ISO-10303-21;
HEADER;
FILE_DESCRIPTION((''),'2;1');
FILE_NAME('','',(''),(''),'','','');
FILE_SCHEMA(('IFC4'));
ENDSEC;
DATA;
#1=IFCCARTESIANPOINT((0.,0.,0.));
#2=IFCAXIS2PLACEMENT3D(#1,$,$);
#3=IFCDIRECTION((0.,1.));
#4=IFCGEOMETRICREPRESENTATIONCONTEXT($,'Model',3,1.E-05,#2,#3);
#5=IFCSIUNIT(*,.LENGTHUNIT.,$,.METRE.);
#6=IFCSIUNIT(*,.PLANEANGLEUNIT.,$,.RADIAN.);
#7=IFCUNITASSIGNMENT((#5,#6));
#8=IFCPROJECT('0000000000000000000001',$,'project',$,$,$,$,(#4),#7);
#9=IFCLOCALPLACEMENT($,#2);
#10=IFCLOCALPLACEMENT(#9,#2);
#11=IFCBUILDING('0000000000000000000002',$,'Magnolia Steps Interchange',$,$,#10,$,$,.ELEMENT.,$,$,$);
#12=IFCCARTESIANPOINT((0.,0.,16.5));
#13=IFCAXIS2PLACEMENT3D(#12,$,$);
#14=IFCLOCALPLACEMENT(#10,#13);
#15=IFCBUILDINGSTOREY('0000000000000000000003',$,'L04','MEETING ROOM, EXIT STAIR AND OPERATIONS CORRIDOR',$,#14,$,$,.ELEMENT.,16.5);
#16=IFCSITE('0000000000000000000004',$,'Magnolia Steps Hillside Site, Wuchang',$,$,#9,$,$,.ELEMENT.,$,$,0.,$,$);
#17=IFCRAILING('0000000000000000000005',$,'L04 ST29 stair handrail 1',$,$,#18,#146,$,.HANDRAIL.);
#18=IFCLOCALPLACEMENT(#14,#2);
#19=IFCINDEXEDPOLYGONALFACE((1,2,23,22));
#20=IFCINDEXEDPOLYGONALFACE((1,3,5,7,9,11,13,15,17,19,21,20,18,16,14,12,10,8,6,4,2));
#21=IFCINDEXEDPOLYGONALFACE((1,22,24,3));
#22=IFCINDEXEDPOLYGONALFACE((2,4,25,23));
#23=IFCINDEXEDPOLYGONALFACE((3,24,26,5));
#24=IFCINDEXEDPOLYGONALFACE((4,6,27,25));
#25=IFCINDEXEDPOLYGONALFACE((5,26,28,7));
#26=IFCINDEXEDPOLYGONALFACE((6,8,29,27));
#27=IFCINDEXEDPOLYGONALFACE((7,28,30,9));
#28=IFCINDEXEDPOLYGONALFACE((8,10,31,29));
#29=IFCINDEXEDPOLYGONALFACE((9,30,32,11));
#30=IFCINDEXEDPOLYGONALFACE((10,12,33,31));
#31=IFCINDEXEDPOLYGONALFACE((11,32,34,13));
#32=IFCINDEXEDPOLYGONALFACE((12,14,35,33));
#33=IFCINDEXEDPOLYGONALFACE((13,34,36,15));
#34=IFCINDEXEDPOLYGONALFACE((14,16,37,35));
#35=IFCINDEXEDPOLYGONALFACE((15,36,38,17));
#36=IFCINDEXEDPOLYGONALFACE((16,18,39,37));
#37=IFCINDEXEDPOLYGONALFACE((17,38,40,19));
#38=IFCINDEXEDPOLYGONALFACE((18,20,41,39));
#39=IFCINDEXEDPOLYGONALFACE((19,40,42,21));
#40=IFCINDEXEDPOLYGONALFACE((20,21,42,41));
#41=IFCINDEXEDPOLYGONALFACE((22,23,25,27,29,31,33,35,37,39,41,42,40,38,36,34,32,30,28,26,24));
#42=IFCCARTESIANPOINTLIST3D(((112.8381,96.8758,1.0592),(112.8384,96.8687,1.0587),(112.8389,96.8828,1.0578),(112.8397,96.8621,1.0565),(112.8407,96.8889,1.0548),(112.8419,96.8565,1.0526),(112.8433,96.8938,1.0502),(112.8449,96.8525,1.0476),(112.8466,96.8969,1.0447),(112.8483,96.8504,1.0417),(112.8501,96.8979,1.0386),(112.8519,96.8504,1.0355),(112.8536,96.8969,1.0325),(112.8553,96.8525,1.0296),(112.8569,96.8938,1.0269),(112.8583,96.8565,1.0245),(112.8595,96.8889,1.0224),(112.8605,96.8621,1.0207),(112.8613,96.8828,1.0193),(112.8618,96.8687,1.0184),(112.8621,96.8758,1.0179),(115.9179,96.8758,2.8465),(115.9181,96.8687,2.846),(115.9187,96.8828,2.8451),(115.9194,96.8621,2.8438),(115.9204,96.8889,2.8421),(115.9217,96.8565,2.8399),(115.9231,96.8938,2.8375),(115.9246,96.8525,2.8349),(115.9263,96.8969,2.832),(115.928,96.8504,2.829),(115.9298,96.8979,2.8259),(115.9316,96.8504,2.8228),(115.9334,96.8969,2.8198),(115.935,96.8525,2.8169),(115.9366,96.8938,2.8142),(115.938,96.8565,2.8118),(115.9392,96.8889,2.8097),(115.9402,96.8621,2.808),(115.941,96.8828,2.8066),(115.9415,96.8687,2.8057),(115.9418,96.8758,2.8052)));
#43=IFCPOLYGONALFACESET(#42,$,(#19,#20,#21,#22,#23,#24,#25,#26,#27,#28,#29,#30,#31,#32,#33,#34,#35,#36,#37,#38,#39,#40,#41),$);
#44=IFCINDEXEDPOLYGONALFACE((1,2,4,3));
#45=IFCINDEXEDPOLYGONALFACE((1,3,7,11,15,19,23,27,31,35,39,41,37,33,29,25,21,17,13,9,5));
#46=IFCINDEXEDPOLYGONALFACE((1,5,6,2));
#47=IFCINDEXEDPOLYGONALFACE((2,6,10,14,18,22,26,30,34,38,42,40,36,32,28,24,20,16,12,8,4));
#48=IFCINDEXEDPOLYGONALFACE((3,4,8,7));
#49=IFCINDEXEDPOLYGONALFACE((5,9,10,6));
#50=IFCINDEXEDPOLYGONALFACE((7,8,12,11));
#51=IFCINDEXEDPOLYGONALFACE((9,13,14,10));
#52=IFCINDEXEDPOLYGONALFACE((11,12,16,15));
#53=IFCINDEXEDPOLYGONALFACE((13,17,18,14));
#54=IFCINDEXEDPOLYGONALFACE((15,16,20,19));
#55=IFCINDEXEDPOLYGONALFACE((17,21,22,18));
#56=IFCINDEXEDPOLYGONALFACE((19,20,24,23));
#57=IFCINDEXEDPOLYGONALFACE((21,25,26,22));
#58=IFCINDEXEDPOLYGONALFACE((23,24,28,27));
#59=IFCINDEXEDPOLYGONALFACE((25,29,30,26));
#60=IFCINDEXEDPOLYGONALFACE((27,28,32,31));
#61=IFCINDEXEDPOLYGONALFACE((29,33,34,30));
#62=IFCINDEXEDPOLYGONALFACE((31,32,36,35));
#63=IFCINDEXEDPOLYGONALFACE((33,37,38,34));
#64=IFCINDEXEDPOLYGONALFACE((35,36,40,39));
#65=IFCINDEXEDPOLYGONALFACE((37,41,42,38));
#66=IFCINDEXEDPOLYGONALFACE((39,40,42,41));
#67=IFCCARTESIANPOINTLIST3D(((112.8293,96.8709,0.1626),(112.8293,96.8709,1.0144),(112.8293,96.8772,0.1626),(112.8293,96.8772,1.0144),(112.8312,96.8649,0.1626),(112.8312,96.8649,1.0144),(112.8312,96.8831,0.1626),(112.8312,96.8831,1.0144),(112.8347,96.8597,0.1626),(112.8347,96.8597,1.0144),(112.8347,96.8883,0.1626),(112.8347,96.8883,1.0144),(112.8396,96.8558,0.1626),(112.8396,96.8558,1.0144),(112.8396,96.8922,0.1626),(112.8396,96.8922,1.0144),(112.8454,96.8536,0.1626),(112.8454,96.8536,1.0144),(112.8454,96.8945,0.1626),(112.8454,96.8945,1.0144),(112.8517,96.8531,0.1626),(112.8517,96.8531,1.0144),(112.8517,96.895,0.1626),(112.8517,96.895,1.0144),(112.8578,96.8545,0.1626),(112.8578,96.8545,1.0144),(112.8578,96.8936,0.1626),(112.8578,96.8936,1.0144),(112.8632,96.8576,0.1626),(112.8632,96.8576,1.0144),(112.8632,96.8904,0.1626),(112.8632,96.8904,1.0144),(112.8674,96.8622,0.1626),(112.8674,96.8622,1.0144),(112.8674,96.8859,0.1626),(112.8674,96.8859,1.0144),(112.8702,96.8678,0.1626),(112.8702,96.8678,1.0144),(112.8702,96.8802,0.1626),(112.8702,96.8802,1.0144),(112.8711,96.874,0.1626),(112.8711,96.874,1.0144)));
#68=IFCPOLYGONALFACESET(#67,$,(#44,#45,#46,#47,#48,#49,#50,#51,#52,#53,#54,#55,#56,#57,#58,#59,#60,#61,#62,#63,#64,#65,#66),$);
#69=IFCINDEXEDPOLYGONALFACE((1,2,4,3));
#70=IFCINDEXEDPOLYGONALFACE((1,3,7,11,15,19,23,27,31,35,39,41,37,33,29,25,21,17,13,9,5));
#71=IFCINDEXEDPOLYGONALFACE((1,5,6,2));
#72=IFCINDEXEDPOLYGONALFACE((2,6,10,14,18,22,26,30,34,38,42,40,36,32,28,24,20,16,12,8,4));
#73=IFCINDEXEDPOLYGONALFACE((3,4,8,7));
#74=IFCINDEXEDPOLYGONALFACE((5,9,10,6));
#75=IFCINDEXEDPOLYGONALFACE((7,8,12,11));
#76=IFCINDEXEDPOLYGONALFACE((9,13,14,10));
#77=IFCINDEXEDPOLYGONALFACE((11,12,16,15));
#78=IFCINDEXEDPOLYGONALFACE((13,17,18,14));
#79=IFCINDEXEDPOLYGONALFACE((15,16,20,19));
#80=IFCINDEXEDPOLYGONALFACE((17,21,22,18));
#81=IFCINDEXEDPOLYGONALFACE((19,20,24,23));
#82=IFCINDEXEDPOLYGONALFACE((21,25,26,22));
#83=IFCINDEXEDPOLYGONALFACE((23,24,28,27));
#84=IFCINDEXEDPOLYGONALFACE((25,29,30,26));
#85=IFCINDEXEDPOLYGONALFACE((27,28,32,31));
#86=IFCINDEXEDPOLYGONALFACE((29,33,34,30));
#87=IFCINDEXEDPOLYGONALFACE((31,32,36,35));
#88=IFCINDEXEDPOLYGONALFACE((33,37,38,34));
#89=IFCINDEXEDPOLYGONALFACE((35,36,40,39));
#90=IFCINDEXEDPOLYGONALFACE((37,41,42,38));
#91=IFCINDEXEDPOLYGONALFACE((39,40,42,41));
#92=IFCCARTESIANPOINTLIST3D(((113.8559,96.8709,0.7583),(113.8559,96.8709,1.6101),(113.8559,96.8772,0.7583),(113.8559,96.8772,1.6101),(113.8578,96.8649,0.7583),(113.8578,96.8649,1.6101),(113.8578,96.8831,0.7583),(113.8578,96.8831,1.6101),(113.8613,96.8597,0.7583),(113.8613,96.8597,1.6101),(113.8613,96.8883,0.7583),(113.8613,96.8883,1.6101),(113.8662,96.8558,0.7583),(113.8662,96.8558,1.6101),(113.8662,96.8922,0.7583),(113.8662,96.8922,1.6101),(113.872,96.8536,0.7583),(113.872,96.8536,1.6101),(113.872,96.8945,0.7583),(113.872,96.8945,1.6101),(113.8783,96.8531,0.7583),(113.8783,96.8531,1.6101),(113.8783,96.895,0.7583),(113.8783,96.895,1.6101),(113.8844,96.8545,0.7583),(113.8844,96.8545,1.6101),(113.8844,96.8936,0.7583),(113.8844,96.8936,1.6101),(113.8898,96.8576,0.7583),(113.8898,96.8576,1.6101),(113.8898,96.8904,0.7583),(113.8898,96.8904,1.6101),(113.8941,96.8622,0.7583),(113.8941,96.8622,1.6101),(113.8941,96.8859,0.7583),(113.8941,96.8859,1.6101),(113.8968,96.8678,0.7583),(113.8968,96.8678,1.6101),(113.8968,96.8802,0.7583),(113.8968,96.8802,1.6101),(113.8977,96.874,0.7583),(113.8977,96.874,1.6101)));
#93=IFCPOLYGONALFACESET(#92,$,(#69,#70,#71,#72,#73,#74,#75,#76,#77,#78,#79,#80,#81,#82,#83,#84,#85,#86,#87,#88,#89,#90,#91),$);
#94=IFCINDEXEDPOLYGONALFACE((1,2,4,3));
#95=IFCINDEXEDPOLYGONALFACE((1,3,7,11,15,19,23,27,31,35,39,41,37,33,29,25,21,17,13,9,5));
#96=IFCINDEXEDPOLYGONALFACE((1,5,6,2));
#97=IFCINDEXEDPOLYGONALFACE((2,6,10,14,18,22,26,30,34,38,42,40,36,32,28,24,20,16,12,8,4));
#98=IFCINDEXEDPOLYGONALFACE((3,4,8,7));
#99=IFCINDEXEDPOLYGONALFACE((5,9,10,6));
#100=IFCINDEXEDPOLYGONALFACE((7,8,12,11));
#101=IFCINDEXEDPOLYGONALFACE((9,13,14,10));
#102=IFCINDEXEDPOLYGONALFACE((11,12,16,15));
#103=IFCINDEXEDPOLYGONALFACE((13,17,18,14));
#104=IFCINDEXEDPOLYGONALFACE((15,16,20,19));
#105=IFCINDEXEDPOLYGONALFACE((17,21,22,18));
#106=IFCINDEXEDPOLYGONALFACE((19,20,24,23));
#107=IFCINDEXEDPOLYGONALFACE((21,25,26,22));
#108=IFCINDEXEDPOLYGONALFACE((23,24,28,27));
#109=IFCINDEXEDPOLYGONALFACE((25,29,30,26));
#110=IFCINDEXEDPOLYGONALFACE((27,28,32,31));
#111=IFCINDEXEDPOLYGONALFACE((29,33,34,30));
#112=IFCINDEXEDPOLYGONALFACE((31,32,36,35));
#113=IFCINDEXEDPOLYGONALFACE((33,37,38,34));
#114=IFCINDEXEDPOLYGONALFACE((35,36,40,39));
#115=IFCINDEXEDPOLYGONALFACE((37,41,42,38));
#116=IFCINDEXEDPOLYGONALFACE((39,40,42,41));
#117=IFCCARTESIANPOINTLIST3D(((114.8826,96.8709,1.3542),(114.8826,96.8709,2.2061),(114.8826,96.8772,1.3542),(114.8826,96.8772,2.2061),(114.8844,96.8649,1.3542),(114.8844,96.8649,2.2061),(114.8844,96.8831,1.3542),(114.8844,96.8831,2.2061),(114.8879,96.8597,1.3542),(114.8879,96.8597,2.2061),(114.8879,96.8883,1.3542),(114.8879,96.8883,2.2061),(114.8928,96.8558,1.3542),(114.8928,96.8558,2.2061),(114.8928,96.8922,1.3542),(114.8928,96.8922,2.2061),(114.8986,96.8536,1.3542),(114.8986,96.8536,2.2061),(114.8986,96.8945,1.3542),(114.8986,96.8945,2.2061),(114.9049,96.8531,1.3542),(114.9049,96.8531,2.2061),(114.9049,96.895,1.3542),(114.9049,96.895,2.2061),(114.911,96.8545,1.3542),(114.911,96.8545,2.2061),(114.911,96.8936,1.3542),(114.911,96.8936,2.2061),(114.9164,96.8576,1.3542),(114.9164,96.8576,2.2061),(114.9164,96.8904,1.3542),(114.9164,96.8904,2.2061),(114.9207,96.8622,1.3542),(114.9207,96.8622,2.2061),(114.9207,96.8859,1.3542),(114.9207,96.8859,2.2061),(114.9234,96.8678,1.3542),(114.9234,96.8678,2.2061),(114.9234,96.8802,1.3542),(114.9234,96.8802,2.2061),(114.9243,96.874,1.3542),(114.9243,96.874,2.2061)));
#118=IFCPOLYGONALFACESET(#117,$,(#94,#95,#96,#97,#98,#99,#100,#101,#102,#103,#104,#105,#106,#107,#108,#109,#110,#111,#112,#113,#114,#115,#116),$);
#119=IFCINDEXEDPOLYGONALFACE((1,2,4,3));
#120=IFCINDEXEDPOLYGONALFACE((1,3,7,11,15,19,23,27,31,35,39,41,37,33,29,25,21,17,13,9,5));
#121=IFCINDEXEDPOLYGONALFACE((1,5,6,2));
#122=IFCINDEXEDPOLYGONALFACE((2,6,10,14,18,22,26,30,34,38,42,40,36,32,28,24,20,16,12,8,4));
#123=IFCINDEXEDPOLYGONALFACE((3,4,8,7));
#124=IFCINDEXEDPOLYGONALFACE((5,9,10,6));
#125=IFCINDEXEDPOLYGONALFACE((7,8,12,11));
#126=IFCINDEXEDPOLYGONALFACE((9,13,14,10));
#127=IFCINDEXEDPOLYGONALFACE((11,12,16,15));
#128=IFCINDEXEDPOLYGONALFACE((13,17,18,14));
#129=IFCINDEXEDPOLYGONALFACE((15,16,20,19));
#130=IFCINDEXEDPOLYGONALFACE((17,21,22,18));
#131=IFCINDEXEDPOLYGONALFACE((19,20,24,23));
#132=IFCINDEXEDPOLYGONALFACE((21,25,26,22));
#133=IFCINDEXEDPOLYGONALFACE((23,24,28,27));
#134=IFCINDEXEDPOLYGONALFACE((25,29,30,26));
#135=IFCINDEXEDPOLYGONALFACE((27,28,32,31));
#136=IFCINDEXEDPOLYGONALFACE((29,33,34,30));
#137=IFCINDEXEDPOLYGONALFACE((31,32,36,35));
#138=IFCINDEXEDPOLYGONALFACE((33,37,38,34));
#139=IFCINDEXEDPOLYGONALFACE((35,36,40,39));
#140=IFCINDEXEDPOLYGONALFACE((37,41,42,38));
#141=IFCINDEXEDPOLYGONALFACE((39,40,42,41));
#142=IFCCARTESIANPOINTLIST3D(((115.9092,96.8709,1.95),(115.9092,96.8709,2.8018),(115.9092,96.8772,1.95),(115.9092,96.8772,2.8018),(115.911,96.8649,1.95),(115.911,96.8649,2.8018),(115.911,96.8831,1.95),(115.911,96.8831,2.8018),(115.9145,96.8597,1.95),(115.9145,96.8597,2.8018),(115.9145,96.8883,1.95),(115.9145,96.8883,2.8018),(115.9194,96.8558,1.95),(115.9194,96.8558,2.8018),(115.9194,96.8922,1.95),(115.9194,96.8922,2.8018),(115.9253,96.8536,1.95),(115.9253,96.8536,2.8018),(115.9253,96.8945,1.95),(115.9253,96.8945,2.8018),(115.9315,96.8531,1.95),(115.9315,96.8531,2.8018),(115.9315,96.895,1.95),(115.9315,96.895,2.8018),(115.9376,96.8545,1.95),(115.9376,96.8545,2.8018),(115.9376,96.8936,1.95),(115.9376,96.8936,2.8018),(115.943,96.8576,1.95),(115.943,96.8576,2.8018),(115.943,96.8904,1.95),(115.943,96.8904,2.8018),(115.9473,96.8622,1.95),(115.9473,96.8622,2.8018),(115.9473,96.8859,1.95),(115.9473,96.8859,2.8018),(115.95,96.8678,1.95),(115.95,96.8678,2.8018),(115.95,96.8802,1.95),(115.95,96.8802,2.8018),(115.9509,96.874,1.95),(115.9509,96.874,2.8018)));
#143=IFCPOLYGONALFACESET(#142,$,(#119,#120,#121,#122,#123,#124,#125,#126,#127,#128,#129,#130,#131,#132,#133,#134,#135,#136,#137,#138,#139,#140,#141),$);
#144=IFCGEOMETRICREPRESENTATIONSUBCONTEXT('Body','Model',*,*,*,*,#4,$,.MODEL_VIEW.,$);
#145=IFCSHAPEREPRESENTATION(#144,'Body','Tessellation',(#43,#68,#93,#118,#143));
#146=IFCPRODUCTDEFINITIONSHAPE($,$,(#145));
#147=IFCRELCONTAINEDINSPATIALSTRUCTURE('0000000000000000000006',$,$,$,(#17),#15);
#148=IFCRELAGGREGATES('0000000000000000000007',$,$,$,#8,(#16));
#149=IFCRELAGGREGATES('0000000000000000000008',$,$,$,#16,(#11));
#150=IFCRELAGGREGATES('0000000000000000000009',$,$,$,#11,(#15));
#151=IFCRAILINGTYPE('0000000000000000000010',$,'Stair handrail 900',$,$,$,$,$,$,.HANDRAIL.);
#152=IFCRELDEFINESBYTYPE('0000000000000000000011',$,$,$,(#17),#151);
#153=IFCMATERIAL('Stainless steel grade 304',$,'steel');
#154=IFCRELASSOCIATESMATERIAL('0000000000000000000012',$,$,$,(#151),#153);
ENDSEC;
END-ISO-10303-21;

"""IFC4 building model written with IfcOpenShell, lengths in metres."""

from ifc_helpers import new_model, si_unit, direction, frame, origin, origin_2d, place, context, subcontext, project, spatial, circle, extrude, material, type_object, element, save


model = new_model("IFC4")

# Units and contexts
model_context = context("Model", 3, precision=1e-05, world=origin(), true_north=direction((0.0, 1.0)))
body_context = subcontext(model_context, "Body", "Model", "MODEL_VIEW")
ifc_project = project(units=[si_unit("LENGTHUNIT", "METRE"), si_unit("PLANEANGLEUNIT", "RADIAN")], contexts=[model_context])

# Site, building, storey
site_placement = place(None, origin())
site = spatial("IfcSite", under=ifc_project, at=site_placement, Name="Magnolia Steps Hillside Site, Wuchang", CompositionType="ELEMENT", RefElevation=0.0)
building_placement = place(site_placement, origin())
building = spatial("IfcBuilding", under=site, at=building_placement, Name="Magnolia Steps Interchange", CompositionType="ELEMENT")
storey_placement = place(building_placement, frame((0.0, 0.0, 16.5)))
storey = spatial("IfcBuildingStorey", under=building, at=storey_placement, Name="L04", Description="MEETING ROOM, EXIT STAIR AND OPERATIONS CORRIDOR", CompositionType="ELEMENT", Elevation=16.5)

# Railing
ifc_material_1 = material(Name="Stainless steel grade 304", Category="steel")
railing_type_1 = type_object("IfcRailingType", Name="Stair handrail 900", PredefinedType="HANDRAIL", material=ifc_material_1)
railing_1_placement = place(storey_placement, frame((112.8501, 96.874, 0.1626)))
element("IfcRailing", 1, at=railing_1_placement, inside=storey, type_object=railing_type_1, Name="L04 ST29 stair handrail 1", PredefinedType="HANDRAIL", context=body_context, shape_type="SweptSolid", body=[
    extrude(circle(Radius=0.0239, at=origin_2d()), frame((0.0, 0.0, 0.876), z_axis=(0.864903, 0.0, 0.501939), x_axis=(0.0, 1.0, 0.0)), (0.0, 0.0, 1.0), 3.5608),
    extrude(circle(Radius=0.021, at=origin_2d()), origin(), (0.0, 0.0, 1.0), 0.8518),
    extrude(circle(Radius=0.021, at=origin_2d()), frame((1.0266, 0.0, 0.5957)), (0.0, 0.0, 1.0), 0.8518),
    extrude(circle(Radius=0.021, at=origin_2d()), frame((2.0532, 0.0, 1.1917)), (0.0, 0.0, 1.0), 0.8518),
    extrude(circle(Radius=0.021, at=origin_2d()), frame((3.0798, 0.0, 1.7874)), (0.0, 0.0, 1.0), 0.8518),
])

save(model, "model.ifc")
